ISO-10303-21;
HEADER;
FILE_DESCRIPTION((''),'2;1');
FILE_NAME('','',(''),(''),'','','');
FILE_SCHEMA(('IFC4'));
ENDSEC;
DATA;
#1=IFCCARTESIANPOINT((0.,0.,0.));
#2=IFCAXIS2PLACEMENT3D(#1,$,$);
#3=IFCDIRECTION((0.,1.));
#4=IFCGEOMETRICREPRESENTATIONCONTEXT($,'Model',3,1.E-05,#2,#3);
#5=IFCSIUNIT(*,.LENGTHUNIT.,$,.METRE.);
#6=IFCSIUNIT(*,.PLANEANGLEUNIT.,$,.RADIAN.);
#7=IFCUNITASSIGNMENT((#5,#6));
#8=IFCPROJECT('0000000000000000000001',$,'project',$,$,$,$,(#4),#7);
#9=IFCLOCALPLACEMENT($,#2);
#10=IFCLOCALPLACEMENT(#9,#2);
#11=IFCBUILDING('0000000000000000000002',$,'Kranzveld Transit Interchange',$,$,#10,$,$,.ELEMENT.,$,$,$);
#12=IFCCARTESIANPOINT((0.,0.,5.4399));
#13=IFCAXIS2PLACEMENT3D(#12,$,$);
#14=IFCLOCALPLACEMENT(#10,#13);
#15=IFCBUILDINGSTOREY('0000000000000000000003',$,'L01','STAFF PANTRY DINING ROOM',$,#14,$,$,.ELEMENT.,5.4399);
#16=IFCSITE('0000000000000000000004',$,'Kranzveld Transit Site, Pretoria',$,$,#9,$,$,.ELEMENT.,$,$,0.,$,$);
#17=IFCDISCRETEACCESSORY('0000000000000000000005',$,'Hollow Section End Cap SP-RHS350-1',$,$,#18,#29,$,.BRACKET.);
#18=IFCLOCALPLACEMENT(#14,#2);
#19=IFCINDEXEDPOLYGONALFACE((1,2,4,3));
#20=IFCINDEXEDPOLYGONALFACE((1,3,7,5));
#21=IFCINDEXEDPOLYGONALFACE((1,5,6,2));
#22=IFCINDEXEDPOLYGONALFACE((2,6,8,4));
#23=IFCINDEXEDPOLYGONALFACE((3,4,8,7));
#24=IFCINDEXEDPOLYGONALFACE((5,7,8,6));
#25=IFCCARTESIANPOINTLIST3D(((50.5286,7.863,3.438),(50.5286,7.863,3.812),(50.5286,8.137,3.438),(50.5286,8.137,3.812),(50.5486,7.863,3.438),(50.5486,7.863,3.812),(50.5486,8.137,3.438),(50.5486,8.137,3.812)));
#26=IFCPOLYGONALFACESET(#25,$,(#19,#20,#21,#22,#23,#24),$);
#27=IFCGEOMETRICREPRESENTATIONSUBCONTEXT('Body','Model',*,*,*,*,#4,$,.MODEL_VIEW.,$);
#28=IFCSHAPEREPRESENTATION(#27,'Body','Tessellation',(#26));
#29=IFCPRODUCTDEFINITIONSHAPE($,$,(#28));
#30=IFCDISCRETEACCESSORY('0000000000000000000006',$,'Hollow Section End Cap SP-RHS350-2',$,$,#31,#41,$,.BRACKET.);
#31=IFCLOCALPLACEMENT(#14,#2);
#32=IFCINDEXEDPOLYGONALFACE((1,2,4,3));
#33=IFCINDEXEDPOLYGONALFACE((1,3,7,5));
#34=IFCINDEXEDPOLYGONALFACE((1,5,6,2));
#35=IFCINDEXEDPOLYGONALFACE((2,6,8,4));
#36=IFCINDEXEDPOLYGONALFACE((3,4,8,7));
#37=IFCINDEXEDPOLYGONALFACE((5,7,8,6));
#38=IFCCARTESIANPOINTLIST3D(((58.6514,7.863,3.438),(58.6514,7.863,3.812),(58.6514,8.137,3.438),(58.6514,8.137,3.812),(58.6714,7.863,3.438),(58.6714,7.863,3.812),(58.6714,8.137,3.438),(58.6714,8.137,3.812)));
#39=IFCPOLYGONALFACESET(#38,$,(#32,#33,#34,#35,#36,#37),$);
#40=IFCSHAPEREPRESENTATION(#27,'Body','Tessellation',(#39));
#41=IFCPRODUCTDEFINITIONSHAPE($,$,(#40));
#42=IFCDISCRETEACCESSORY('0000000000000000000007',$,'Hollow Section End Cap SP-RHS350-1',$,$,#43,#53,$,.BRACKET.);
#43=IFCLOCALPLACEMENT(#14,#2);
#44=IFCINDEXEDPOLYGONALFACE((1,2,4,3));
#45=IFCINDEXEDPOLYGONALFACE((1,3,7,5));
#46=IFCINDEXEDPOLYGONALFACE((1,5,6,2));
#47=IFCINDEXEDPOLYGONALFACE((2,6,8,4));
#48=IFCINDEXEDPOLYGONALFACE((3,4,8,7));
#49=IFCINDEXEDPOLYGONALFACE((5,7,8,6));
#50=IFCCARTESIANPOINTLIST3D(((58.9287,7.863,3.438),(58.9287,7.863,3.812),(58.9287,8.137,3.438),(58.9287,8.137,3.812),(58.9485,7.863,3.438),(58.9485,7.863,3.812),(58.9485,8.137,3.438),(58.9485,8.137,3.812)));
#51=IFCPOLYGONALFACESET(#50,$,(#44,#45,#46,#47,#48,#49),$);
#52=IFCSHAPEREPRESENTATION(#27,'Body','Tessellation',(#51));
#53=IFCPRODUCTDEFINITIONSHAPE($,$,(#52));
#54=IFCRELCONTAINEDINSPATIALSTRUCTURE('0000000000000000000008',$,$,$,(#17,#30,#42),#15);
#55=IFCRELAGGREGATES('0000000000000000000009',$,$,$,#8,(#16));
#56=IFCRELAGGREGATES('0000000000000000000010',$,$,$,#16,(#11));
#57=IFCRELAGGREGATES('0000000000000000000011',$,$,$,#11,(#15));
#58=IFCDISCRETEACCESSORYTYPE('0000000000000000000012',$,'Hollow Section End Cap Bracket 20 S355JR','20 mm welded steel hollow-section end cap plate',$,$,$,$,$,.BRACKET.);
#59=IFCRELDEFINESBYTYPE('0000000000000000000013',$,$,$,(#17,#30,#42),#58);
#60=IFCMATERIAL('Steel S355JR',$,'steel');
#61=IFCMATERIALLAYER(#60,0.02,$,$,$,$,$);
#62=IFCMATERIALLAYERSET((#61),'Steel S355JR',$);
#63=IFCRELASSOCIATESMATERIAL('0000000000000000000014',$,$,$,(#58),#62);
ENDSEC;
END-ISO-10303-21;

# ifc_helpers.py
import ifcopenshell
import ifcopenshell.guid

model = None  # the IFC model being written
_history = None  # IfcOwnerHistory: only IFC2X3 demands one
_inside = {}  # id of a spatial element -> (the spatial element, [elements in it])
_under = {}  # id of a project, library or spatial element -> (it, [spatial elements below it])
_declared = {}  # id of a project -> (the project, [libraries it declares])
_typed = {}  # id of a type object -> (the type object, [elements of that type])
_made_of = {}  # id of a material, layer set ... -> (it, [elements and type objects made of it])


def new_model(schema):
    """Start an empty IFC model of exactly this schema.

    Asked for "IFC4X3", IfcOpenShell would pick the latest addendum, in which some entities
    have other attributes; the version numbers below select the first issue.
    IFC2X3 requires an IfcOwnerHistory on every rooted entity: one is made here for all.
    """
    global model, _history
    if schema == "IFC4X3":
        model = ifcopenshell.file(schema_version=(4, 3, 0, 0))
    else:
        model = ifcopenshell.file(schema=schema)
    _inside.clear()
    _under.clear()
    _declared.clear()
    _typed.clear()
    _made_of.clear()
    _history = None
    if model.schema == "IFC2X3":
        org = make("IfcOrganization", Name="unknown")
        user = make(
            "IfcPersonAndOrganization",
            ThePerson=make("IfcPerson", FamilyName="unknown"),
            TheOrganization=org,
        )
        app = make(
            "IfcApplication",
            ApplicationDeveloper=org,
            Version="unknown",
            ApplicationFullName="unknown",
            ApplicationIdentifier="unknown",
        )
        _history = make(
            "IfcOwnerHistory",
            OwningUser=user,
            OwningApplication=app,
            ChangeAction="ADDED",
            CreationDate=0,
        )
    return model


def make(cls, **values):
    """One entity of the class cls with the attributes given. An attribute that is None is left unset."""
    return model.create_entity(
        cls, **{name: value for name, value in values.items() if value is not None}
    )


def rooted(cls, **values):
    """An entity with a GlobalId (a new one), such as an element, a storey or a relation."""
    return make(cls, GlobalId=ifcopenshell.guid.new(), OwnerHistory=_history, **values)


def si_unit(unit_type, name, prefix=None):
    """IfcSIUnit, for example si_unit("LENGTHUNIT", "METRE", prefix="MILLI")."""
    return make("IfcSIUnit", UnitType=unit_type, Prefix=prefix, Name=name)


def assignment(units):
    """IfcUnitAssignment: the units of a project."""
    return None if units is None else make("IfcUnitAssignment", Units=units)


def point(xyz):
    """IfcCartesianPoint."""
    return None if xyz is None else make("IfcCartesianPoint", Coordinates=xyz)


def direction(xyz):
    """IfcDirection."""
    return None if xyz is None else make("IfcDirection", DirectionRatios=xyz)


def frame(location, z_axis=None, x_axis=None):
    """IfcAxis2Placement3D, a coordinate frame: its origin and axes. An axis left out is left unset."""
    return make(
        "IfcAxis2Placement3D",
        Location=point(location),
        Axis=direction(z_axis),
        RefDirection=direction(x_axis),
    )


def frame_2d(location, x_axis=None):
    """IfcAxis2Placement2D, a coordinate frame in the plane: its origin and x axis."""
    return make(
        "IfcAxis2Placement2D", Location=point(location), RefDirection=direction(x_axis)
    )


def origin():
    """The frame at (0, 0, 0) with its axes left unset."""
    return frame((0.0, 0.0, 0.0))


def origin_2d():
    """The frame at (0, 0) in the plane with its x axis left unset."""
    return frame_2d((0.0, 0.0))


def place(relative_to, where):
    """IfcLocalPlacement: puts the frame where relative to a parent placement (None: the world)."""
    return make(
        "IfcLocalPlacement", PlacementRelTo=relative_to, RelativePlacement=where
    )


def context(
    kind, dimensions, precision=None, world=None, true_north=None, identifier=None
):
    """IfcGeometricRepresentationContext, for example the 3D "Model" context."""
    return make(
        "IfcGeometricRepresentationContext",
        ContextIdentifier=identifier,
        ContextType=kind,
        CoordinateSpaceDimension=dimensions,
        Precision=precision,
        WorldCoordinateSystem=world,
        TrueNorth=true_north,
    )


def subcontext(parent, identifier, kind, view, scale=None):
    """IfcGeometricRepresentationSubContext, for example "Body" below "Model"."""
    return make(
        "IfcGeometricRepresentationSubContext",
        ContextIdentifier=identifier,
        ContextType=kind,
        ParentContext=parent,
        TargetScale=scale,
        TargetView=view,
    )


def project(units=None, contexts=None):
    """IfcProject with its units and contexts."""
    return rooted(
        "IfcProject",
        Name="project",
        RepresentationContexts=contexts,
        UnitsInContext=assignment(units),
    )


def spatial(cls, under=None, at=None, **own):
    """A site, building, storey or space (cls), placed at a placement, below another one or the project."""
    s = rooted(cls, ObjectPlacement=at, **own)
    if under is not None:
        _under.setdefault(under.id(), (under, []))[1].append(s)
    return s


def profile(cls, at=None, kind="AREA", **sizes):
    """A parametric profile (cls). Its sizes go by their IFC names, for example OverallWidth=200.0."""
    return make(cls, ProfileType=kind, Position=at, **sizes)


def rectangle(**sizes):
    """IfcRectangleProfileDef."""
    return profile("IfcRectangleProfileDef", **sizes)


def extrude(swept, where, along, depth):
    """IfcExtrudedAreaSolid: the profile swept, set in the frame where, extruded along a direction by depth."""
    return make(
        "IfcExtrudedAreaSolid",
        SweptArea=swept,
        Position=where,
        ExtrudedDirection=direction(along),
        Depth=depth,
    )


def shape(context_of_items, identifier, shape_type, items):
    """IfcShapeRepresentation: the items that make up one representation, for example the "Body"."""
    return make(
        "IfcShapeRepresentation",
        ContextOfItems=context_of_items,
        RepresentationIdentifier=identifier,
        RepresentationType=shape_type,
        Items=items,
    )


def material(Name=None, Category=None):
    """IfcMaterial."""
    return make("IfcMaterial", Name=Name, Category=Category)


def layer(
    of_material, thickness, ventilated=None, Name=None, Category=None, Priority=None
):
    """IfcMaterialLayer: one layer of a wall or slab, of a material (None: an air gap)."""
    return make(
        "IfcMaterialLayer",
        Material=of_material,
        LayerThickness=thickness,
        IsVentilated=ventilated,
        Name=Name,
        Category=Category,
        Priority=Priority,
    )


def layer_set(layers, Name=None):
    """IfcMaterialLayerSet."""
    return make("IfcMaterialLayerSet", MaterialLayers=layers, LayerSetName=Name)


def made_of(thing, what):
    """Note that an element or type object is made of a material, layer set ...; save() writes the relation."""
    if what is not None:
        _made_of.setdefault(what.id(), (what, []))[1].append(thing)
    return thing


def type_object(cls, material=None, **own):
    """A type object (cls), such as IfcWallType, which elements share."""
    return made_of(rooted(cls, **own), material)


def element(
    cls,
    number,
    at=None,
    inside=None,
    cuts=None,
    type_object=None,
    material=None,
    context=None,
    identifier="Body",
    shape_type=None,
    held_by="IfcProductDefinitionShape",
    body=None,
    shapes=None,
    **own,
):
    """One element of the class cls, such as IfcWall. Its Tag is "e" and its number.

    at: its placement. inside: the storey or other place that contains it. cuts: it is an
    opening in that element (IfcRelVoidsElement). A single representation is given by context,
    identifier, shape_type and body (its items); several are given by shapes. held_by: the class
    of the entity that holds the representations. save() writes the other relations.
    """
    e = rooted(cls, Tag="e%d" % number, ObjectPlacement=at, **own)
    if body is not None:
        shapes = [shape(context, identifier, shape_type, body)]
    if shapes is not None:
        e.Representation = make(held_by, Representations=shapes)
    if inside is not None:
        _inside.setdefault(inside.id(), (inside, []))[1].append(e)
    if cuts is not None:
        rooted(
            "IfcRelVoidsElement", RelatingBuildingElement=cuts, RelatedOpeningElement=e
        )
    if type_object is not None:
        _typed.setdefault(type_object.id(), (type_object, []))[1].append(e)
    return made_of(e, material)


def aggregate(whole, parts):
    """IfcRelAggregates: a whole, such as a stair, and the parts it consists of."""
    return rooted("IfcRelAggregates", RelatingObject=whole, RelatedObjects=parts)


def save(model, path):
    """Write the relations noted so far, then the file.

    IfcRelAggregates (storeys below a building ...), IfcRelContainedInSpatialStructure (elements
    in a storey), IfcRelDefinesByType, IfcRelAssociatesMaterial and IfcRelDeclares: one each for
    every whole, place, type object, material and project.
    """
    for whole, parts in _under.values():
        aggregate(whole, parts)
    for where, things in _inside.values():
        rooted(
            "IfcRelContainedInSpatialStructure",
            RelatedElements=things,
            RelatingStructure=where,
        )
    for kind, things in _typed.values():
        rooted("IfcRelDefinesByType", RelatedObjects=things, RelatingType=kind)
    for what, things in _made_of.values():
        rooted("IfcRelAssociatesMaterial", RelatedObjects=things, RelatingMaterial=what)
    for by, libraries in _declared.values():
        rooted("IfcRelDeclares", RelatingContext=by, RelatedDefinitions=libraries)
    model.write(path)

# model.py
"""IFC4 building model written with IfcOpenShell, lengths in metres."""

from ifc_helpers import new_model, si_unit, direction, frame, origin, origin_2d, place, context, subcontext, project, spatial, rectangle, extrude, material, layer, layer_set, type_object, element, save


model = new_model("IFC4")

# Units and contexts
model_context = context("Model", 3, precision=1e-05, world=origin(), true_north=direction((0.0, 1.0)))
body_context = subcontext(model_context, "Body", "Model", "MODEL_VIEW")
ifc_project = project(units=[si_unit("LENGTHUNIT", "METRE"), si_unit("PLANEANGLEUNIT", "RADIAN")], contexts=[model_context])

# Site, building, storey
site_placement = place(None, origin())
site = spatial("IfcSite", under=ifc_project, at=site_placement, Name="Kranzveld Transit Site, Pretoria", CompositionType="ELEMENT", RefElevation=0.0)
building_placement = place(site_placement, origin())
building = spatial("IfcBuilding", under=site, at=building_placement, Name="Kranzveld Transit Interchange", CompositionType="ELEMENT")
storey_placement = place(building_placement, frame((0.0, 0.0, 5.4399)))
storey = spatial("IfcBuildingStorey", under=building, at=storey_placement, Name="L01", Description="STAFF PANTRY DINING ROOM", CompositionType="ELEMENT", Elevation=5.4399)

# Discrete accessories
ifc_material_1 = material(Name="Steel S355JR", Category="steel")
ifc_layer_1 = layer(ifc_material_1, 0.02)
ifc_layer_set_1 = layer_set([ifc_layer_1], Name="Steel S355JR")
discrete_accessory_type = type_object("IfcDiscreteAccessoryType", Name="Hollow Section End Cap Bracket 20 S355JR", Description="20 mm welded steel hollow-section end cap plate", PredefinedType="BRACKET", material=ifc_layer_set_1)
for number, where, z_axis, x_axis, name in (
    (1, (50.5486, 8.0, 3.625), (-1.0, 0.0, 0.0), (0.0, -1.0, 0.0), "Hollow Section End Cap SP-RHS350-1"),
    (2, (58.6514, 8.0, 3.625), (1.0, 0.0, 0.0), (0.0, 1.0, 0.0), "Hollow Section End Cap SP-RHS350-2"),
):
    element("IfcDiscreteAccessory", number, at=place(storey_placement, frame(where, z_axis=z_axis, x_axis=x_axis)), inside=storey, type_object=discrete_accessory_type, Name=name, PredefinedType="BRACKET", context=body_context, shape_type="SweptSolid", body=[
        extrude(rectangle(XDim=0.2739, YDim=0.374, at=origin_2d()), origin(), (0.0, 0.0, 1.0), 0.02),
    ])
discrete_accessory_placement = place(storey_placement, frame((58.9485, 8.0, 3.625), z_axis=(-1.0, 0.0, 0.0), x_axis=(0.0, -1.0, 0.0)))
element("IfcDiscreteAccessory", 3, at=discrete_accessory_placement, inside=storey, type_object=discrete_accessory_type, Name="Hollow Section End Cap SP-RHS350-1", PredefinedType="BRACKET", context=body_context, shape_type="SweptSolid", body=[
    extrude(rectangle(XDim=0.2739, YDim=0.374, at=origin_2d()), origin(), (0.0, 0.0, 1.0), 0.0198),
])

save(model, "model.ifc")
